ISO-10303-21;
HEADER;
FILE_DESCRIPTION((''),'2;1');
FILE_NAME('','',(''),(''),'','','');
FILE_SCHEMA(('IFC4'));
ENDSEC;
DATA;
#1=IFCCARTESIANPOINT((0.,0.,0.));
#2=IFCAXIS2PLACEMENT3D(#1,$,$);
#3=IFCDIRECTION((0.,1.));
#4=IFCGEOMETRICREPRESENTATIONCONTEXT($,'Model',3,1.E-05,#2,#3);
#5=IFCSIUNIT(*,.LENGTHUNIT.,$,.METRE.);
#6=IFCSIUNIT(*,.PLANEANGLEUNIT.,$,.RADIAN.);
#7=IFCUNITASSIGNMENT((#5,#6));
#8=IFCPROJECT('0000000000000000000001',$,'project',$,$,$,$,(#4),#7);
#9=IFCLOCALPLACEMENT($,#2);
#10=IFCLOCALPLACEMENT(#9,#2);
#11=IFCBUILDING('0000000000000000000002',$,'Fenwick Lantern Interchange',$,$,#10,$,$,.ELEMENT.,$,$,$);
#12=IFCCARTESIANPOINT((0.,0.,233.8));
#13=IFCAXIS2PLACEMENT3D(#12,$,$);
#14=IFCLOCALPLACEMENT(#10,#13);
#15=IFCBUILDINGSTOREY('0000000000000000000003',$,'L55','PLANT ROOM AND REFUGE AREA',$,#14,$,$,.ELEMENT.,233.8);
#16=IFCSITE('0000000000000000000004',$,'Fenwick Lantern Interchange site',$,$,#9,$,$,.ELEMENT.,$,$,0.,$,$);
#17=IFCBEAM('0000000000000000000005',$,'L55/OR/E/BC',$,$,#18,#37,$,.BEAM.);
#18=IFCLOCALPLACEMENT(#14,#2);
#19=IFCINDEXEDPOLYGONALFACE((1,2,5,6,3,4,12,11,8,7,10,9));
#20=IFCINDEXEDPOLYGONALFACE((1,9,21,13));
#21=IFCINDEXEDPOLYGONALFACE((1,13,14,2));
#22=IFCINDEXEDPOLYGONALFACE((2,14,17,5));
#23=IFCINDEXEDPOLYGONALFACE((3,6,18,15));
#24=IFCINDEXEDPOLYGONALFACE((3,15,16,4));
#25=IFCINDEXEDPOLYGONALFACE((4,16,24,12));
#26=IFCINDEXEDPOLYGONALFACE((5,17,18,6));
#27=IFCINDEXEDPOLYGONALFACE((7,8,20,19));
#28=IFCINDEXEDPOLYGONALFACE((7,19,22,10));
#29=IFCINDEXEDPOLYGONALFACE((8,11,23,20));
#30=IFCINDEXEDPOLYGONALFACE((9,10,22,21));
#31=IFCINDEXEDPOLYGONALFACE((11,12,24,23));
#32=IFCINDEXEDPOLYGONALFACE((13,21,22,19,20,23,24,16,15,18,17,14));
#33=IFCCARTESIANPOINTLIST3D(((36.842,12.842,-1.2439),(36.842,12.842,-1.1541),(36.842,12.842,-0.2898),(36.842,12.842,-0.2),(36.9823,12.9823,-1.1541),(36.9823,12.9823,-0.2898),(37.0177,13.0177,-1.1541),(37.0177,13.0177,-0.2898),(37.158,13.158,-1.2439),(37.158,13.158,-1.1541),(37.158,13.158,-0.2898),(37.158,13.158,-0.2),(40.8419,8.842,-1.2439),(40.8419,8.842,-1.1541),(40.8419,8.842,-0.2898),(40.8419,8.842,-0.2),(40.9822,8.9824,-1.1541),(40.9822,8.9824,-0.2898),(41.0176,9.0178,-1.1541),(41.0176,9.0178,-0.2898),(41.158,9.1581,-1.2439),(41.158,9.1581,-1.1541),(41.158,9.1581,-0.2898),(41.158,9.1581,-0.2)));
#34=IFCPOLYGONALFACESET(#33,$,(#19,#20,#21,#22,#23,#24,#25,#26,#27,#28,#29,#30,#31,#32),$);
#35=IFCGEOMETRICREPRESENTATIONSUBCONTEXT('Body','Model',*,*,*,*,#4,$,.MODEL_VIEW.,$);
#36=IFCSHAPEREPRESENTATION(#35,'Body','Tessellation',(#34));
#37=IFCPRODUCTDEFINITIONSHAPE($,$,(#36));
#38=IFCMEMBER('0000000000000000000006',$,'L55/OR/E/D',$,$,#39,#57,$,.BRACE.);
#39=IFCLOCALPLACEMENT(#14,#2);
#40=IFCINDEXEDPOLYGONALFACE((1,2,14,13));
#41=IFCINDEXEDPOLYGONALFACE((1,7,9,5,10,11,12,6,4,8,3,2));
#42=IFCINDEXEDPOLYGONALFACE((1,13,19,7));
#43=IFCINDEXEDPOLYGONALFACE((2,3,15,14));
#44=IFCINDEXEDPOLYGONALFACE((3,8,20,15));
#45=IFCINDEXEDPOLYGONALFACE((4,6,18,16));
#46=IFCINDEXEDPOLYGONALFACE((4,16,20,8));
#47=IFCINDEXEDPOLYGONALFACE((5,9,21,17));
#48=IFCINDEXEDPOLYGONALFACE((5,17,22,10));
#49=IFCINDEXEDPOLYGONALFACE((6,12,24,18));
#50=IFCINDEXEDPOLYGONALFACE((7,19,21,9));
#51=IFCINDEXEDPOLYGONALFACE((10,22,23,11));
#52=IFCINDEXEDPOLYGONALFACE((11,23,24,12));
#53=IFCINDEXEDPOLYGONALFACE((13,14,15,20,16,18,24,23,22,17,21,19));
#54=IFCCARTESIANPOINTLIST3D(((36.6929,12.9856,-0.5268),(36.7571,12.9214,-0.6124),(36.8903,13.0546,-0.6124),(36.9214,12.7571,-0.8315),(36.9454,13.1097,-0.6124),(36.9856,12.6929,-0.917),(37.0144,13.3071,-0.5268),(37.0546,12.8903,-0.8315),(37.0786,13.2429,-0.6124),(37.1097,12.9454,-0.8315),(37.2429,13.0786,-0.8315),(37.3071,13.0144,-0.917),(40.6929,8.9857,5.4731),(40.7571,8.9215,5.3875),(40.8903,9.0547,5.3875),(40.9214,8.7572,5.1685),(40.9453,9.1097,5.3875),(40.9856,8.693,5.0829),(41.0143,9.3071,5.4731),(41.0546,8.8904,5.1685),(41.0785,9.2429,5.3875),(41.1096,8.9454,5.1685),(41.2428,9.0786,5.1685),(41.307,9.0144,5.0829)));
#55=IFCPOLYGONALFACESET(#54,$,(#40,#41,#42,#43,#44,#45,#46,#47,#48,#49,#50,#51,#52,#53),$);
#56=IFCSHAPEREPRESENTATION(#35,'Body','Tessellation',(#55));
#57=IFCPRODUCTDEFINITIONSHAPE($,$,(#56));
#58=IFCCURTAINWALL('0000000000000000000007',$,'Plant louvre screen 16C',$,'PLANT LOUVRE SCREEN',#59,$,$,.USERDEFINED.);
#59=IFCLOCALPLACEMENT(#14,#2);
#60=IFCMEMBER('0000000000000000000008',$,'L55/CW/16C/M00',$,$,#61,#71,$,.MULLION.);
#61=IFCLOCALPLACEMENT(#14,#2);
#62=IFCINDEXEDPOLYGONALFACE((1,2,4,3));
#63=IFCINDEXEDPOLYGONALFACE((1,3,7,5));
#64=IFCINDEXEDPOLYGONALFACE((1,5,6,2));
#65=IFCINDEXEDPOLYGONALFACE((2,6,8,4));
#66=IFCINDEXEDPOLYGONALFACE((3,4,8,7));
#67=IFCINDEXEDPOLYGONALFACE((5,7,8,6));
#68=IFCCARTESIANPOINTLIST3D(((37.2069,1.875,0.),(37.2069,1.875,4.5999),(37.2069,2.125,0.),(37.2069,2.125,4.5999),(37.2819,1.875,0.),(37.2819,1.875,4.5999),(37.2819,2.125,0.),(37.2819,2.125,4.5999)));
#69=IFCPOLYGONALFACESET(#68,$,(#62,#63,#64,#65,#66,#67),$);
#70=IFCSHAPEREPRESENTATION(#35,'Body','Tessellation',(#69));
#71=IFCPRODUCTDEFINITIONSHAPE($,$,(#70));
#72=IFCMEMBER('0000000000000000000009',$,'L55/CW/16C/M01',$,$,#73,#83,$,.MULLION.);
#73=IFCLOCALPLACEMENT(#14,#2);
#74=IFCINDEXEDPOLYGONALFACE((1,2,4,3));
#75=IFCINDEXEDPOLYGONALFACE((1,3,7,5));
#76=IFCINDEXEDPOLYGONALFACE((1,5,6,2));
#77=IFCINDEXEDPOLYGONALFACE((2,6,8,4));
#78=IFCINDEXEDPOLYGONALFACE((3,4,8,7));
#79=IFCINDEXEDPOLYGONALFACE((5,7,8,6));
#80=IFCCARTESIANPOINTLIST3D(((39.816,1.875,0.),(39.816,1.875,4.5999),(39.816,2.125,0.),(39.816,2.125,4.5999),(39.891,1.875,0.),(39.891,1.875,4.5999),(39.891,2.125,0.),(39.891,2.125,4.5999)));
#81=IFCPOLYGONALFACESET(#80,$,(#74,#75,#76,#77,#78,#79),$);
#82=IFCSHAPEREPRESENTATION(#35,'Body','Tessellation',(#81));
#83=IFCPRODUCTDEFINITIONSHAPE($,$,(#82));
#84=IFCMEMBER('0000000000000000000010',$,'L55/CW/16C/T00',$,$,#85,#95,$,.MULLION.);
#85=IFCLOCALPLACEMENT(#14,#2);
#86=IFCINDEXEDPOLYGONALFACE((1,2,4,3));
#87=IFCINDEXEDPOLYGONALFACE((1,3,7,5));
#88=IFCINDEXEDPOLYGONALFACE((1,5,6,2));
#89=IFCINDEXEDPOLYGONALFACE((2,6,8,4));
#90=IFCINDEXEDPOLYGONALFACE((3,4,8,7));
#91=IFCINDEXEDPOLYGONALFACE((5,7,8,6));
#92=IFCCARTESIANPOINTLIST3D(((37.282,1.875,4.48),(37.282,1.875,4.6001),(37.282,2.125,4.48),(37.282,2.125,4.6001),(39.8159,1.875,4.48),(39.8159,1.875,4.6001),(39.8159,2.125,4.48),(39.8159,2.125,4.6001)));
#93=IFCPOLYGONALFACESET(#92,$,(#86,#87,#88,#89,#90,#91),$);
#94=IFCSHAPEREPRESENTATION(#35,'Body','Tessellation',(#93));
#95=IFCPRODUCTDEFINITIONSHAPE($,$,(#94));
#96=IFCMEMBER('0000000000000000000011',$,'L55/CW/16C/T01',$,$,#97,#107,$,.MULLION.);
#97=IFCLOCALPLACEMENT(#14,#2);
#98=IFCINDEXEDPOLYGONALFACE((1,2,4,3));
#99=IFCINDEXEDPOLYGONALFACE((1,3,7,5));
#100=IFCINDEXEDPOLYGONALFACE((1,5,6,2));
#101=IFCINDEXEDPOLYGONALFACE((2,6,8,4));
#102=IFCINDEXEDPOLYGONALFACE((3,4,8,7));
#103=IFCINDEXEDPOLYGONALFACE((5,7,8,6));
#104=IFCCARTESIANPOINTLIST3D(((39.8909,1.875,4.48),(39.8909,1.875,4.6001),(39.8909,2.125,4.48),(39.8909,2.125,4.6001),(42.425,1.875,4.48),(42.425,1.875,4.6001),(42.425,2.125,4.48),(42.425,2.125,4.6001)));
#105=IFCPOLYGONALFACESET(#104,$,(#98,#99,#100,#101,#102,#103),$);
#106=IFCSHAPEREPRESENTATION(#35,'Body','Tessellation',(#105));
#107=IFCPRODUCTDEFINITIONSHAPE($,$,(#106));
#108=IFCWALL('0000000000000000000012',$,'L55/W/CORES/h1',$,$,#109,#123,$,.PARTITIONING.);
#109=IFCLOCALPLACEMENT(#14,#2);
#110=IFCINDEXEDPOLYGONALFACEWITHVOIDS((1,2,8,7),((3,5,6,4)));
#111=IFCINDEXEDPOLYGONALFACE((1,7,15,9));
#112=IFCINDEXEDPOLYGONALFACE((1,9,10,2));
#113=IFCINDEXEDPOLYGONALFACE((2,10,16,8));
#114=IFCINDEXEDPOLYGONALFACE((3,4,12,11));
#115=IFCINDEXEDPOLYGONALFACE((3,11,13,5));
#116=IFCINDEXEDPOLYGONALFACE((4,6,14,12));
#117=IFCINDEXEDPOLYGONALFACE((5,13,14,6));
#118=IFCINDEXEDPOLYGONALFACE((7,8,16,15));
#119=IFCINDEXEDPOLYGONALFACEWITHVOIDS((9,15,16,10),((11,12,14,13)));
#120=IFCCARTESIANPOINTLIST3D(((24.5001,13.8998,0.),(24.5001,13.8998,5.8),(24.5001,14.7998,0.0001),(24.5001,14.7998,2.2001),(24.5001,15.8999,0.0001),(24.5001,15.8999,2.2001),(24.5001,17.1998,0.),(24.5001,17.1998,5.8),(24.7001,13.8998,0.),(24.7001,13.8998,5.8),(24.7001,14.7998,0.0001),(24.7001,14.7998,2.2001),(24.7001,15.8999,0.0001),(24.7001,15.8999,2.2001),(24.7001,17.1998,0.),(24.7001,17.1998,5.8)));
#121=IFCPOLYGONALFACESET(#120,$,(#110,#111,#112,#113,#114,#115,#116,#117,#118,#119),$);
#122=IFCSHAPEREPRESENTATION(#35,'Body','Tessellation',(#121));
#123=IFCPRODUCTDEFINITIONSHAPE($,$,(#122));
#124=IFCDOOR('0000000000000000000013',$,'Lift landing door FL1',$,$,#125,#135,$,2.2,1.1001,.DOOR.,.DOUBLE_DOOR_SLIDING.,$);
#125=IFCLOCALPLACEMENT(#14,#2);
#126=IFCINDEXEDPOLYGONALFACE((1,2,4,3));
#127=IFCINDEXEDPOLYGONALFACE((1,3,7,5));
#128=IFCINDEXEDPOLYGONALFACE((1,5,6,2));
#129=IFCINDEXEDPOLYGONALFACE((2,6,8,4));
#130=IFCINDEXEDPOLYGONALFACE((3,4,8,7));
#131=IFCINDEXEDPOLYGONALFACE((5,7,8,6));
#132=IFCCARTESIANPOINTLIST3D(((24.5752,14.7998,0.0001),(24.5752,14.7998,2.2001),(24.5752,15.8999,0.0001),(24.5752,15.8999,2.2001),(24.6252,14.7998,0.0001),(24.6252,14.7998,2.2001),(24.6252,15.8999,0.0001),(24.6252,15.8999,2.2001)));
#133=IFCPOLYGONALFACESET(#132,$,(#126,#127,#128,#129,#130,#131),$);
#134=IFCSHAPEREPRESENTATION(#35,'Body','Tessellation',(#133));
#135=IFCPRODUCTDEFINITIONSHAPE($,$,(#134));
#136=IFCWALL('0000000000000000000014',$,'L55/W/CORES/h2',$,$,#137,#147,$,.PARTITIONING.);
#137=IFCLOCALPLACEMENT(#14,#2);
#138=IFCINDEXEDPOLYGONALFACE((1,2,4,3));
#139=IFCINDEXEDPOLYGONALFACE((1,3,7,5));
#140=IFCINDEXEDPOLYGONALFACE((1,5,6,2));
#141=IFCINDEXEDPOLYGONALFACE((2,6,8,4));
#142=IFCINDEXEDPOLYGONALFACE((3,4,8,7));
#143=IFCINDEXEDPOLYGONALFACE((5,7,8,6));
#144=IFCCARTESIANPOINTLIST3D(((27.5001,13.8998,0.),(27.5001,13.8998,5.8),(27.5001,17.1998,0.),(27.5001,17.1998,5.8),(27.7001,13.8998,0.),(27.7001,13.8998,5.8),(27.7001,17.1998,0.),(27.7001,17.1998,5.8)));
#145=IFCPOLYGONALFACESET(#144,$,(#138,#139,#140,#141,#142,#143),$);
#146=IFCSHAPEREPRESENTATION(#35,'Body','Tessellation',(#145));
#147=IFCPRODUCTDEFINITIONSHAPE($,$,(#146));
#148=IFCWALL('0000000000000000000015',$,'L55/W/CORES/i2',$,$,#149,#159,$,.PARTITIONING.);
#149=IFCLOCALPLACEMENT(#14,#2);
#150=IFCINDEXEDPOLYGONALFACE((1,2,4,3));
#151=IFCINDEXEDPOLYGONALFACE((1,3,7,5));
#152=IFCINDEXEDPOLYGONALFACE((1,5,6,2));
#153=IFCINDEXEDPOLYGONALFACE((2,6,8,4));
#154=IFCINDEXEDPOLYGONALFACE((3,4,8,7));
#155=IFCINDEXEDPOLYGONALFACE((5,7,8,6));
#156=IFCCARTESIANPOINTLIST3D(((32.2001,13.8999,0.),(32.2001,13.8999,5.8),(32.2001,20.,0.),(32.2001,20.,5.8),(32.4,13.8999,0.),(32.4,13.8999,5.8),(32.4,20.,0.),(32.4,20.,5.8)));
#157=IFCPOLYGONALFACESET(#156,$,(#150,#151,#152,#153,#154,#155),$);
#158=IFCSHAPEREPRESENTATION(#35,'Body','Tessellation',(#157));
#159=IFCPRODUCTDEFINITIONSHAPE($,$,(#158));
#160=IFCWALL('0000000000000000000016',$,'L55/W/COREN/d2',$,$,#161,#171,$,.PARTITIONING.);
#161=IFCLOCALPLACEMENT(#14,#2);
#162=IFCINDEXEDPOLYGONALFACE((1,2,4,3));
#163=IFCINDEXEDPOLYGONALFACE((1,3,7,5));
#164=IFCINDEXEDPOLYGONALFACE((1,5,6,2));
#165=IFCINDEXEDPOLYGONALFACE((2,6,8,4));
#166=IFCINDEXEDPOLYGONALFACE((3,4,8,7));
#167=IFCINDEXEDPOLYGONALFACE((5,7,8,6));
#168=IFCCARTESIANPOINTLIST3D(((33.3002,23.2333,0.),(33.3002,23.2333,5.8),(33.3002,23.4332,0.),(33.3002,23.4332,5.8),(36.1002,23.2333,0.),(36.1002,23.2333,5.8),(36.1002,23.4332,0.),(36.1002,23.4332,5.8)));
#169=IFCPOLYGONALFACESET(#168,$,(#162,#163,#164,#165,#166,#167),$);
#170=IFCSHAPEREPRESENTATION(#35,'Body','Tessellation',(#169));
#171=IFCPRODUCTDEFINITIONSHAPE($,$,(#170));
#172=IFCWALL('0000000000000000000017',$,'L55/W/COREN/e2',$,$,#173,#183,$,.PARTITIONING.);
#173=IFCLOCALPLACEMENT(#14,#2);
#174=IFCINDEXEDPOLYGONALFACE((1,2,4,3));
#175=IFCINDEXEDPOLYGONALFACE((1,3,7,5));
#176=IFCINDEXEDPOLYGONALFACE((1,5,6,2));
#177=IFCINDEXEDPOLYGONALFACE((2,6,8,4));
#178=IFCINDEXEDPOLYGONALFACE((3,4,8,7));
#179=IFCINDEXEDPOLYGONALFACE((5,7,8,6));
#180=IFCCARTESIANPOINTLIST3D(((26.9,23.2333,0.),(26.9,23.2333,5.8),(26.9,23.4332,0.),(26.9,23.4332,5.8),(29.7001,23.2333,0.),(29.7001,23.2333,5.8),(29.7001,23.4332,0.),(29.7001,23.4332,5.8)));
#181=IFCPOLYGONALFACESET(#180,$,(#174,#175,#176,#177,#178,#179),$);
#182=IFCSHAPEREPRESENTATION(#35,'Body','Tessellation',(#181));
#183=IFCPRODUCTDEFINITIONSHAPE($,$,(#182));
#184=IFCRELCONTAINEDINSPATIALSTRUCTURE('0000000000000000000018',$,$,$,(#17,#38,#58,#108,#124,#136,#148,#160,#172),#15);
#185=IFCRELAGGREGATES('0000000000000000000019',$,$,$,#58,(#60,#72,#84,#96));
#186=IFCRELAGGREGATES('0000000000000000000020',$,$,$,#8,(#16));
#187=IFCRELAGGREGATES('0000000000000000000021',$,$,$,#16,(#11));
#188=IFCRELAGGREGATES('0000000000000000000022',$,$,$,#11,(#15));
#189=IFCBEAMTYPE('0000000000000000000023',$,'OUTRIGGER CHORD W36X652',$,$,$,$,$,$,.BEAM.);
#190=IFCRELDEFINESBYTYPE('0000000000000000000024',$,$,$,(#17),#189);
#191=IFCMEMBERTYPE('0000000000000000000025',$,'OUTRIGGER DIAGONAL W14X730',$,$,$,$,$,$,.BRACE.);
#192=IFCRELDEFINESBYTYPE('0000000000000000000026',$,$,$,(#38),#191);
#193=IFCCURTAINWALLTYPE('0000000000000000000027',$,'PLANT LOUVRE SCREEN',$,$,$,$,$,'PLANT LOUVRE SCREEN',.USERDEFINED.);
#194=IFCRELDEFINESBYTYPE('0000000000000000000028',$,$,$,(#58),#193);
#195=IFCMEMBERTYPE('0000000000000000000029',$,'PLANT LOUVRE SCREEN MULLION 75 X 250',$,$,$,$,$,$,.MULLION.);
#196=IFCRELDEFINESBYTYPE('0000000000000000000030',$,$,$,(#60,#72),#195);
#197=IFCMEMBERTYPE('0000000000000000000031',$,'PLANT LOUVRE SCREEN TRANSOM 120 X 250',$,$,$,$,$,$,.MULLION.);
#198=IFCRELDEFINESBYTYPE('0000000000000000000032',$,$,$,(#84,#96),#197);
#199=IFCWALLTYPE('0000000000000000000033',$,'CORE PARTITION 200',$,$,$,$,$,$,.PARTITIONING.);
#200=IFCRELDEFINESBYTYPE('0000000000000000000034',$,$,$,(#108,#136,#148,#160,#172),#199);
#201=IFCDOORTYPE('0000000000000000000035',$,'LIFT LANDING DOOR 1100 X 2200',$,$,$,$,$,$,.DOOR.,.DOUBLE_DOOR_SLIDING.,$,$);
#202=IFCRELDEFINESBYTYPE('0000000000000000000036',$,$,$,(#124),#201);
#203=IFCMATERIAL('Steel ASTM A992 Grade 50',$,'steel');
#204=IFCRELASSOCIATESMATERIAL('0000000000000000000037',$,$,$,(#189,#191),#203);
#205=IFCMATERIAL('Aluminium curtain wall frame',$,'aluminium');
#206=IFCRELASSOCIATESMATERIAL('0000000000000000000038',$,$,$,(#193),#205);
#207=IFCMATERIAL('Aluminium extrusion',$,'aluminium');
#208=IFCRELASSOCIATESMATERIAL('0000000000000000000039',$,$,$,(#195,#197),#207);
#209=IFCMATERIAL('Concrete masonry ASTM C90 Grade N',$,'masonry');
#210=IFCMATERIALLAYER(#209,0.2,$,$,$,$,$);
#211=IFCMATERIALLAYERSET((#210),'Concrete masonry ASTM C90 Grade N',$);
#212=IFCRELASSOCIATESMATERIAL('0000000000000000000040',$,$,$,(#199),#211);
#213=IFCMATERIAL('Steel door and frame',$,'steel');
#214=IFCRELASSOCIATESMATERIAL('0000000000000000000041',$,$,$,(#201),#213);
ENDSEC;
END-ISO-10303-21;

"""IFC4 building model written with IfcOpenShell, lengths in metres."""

from ifc_helpers import new_model, si_unit, direction, frame, frame_2d, origin, origin_2d, place, context, subcontext, project, spatial, rectangle, i_section, extrude, material, layer, layer_set, material_profile, profile_set, type_object, element, fill, aggregate, save


model = new_model("IFC4")

# Units and contexts
model_context = context("Model", 3, precision=1e-05, world=origin(), true_north=direction((0.0, 1.0)))
body_context = subcontext(model_context, "Body", "Model", "MODEL_VIEW")
ifc_project = project(units=[si_unit("LENGTHUNIT", "METRE"), si_unit("PLANEANGLEUNIT", "RADIAN")], contexts=[model_context])

# Site, building, storey
site_placement = place(None, origin())
site = spatial("IfcSite", under=ifc_project, at=site_placement, Name="Fenwick Lantern Interchange site", CompositionType="ELEMENT", RefElevation=0.0)
building_placement = place(site_placement, origin())
building = spatial("IfcBuilding", under=site, at=building_placement, Name="Fenwick Lantern Interchange", CompositionType="ELEMENT")
storey_placement = place(building_placement, frame((0.0, 0.0, 233.8)))
storey = spatial("IfcBuildingStorey", under=building, at=storey_placement, Name="L55", Description="PLANT ROOM AND REFUGE AREA", CompositionType="ELEMENT", Elevation=233.8)

# Beam
ifc_material_1 = material(Name="Steel ASTM A992 Grade 50", Category="steel")
ifc_material_profile_1 = material_profile(ifc_material_1, i_section(OverallWidth=0.447, OverallDepth=1.0439, WebThickness=0.05, FlangeThickness=0.0898, at=origin_2d()), Name="W36X652")
ifc_profile_set_1 = profile_set([ifc_material_profile_1], Name="Steel ASTM A992 Grade 50")
beam_type_1 = type_object("IfcBeamType", Name="OUTRIGGER CHORD W36X652", PredefinedType="BEAM", material=ifc_profile_set_1)
beam_1_placement = place(storey_placement, frame((37.0, 13.0, -0.7219), z_axis=(0.707107, -0.707107, 0.0), x_axis=(0.707107, 0.707107, 0.0)))
element("IfcBeam", 1, at=beam_1_placement, inside=storey, type_object=beam_type_1, Name="L55/OR/E/BC", PredefinedType="BEAM", context=body_context, shape_type="SweptSolid", body=[
    extrude(i_section(OverallWidth=0.447, OverallDepth=1.0439, WebThickness=0.05, FlangeThickness=0.0898, at=origin_2d()), origin(), (0.0, 0.0, 1.0), 5.6567),
])

# Member
ifc_material_profile_2 = material_profile(ifc_material_1, i_section(OverallWidth=0.4546, OverallDepth=0.5688, WebThickness=0.0779, FlangeThickness=0.1248, at=origin_2d()), Name="W14X730")
ifc_profile_set_2 = profile_set([ifc_material_profile_2], Name="Steel ASTM A992 Grade 50")
member_type_1 = type_object("IfcMemberType", Name="OUTRIGGER DIAGONAL W14X730", PredefinedType="BRACE", material=ifc_profile_set_2)
member_1_placement = place(storey_placement, frame((37.0, 13.0, -0.7219), z_axis=(0.485071, -0.485071, 0.727607), x_axis=(0.707107, 0.707107, 0.0)))
element("IfcMember", 2, at=member_1_placement, inside=storey, type_object=member_type_1, Name="L55/OR/E/D", PredefinedType="BRACE", context=body_context, shape_type="SweptSolid", body=[
    extrude(i_section(OverallWidth=0.4546, OverallDepth=0.5688, WebThickness=0.0779, FlangeThickness=0.1248, at=origin_2d()), origin(), (0.0, 0.0, 1.0), 8.2461),
])

# Curtain wall, members
ifc_material_2 = material(Name="Aluminium curtain wall frame", Category="aluminium")
curtain_wall_type = type_object("IfcCurtainWallType", Name="PLANT LOUVRE SCREEN", ElementType="PLANT LOUVRE SCREEN", PredefinedType="USERDEFINED", material=ifc_material_2)
curtain_wall_placement = place(storey_placement, origin())
curtain_wall = element("IfcCurtainWall", 3, at=curtain_wall_placement, inside=storey, type_object=curtain_wall_type, Name="Plant louvre screen 16C", ObjectType="PLANT LOUVRE SCREEN", PredefinedType="USERDEFINED")
ifc_material_3 = material(Name="Aluminium extrusion", Category="aluminium")
ifc_material_profile_3 = material_profile(ifc_material_3, rectangle(XDim=0.25, YDim=0.075, at=origin_2d()), Name="PLANT LOUVRE SCREEN MULLION 75 X 250")
ifc_profile_set_3 = profile_set([ifc_material_profile_3], Name="Aluminium extrusion")
member_type_2 = type_object("IfcMemberType", Name="PLANT LOUVRE SCREEN MULLION 75 X 250", PredefinedType="MULLION", material=ifc_profile_set_3)
member_2_placement = place(storey_placement, frame((37.2444, 2.0, 0.0), z_axis=(0.0, 0.0, 1.0), x_axis=(0.0, 1.0, 0.0)))
member_2 = element("IfcMember", 4, at=member_2_placement, type_object=member_type_2, Name="L55/CW/16C/M00", PredefinedType="MULLION", context=body_context, shape_type="SweptSolid", body=[
    extrude(rectangle(XDim=0.25, YDim=0.075, at=origin_2d()), origin(), (0.0, 0.0, 1.0), 4.5999),
])
member_3_placement = place(storey_placement, frame((39.8535, 2.0, 0.0), z_axis=(0.0, 0.0, 1.0), x_axis=(0.0, 1.0, 0.0)))
member_3 = element("IfcMember", 5, at=member_3_placement, type_object=member_type_2, Name="L55/CW/16C/M01", PredefinedType="MULLION", context=body_context, shape_type="SweptSolid", body=[
    extrude(rectangle(XDim=0.25, YDim=0.075, at=origin_2d()), origin(), (0.0, 0.0, 1.0), 4.5999),
])
ifc_material_profile_4 = material_profile(ifc_material_3, rectangle(XDim=0.25, YDim=0.1201, at=origin_2d()), Name="PLANT LOUVRE SCREEN TRANSOM 120 X 250")
ifc_profile_set_4 = profile_set([ifc_material_profile_4], Name="Aluminium extrusion")
member_type_3 = type_object("IfcMemberType", Name="PLANT LOUVRE SCREEN TRANSOM 120 X 250", PredefinedType="MULLION", material=ifc_profile_set_4)
member_4_placement = place(storey_placement, frame((37.282, 2.0, 4.54), z_axis=(1.0, 0.0, 0.0), x_axis=(0.0, 1.0, 0.0)))
member_4 = element("IfcMember", 6, at=member_4_placement, type_object=member_type_3, Name="L55/CW/16C/T00", PredefinedType="MULLION", context=body_context, shape_type="SweptSolid", body=[
    extrude(rectangle(XDim=0.25, YDim=0.1201, at=origin_2d()), origin(), (0.0, 0.0, 1.0), 2.5339),
])
member_5_placement = place(storey_placement, frame((39.8909, 2.0, 4.54), z_axis=(1.0, 0.0, 0.0), x_axis=(0.0, 1.0, 0.0)))
member_5 = element("IfcMember", 7, at=member_5_placement, type_object=member_type_3, Name="L55/CW/16C/T01", PredefinedType="MULLION", context=body_context, shape_type="SweptSolid", body=[
    extrude(rectangle(XDim=0.25, YDim=0.1201, at=origin_2d()), origin(), (0.0, 0.0, 1.0), 2.5342),
])

# Wall, opening, door
ifc_material_4 = material(Name="Concrete masonry ASTM C90 Grade N", Category="masonry")
ifc_layer_1 = layer(ifc_material_4, 0.2)
ifc_layer_set_1 = layer_set([ifc_layer_1], Name="Concrete masonry ASTM C90 Grade N")
wall_type_1 = type_object("IfcWallType", Name="CORE PARTITION 200", PredefinedType="PARTITIONING", material=ifc_layer_set_1)
wall_1_placement = place(storey_placement, frame((24.6001, 13.8999, 0.0), z_axis=(0.0, 0.0, 1.0), x_axis=(0.0, 1.0, 0.0)))
wall_1 = element("IfcWall", 8, at=wall_1_placement, inside=storey, type_object=wall_type_1, Name="L55/W/CORES/h1", PredefinedType="PARTITIONING", context=body_context, shape_type="SweptSolid", body=[
    extrude(rectangle(XDim=3.3, YDim=0.2, at=frame_2d((1.6499, 0.0))), origin(), (0.0, 0.0, 1.0), 5.8),
])
opening_1_placement = place(wall_1_placement, frame((0.8999, 0.0, 0.0)))
opening_1 = element("IfcOpeningElement", 9, at=opening_1_placement, cuts=wall_1, PredefinedType="OPENING", context=body_context, shape_type="SweptSolid", body=[
    extrude(rectangle(XDim=1.1001, YDim=2.2, at=frame_2d((0.55, 1.1001))), frame((0.0, 0.1099, 0.0), z_axis=(0.0, -1.0, 0.0), x_axis=(1.0, 0.0, 0.0)), (0.0, 0.0, 1.0), 0.22),
])
ifc_material_5 = material(Name="Steel door and frame", Category="steel")
door_type_1 = type_object("IfcDoorType", Name="LIFT LANDING DOOR 1100 X 2200", OperationType="DOUBLE_DOOR_SLIDING", PredefinedType="DOOR", material=ifc_material_5)
door_1_placement = place(opening_1_placement, origin())
door_1 = element("IfcDoor", 10, at=door_1_placement, inside=storey, type_object=door_type_1, Name="Lift landing door FL1", OperationType="DOUBLE_DOOR_SLIDING", OverallHeight=2.2, OverallWidth=1.1001, PredefinedType="DOOR", context=body_context, shape_type="SweptSolid", body=[
    extrude(rectangle(XDim=1.1001, YDim=2.2, at=frame_2d((0.55, 1.1001))), frame((0.0, 0.0249, 0.0), z_axis=(0.0, -1.0, 0.0), x_axis=(1.0, 0.0, 0.0)), (0.0, 0.0, 1.0), 0.05),
])
fill(opening_1, door_1)

# Walls
wall_2_placement = place(storey_placement, frame((27.6001, 13.8999, 0.0), z_axis=(0.0, 0.0, 1.0), x_axis=(0.0, 1.0, 0.0)))
element("IfcWall", 11, at=wall_2_placement, inside=storey, type_object=wall_type_1, Name="L55/W/CORES/h2", PredefinedType="PARTITIONING", context=body_context, shape_type="SweptSolid", body=[
    extrude(rectangle(XDim=3.3, YDim=0.2, at=frame_2d((1.6499, 0.0))), origin(), (0.0, 0.0, 1.0), 5.8),
])
wall_3_placement = place(storey_placement, frame((32.3, 13.8999, 0.0), z_axis=(0.0, 0.0, 1.0), x_axis=(0.0, 1.0, 0.0)))
element("IfcWall", 12, at=wall_3_placement, inside=storey, type_object=wall_type_1, Name="L55/W/CORES/i2", PredefinedType="PARTITIONING", context=body_context, shape_type="SweptSolid", body=[
    extrude(rectangle(XDim=6.1001, YDim=0.2, at=frame_2d((3.05, 0.0))), origin(), (0.0, 0.0, 1.0), 5.8),
])
for number, where, z_axis, x_axis, name in (
    (13, (36.1001, 23.3333, 0.0), (0.0, 0.0, 1.0), (-1.0, 0.0, 0.0), "L55/W/COREN/d2"),
    (14, (29.7, 23.3333, 0.0), (0.0, 0.0, 1.0), (-1.0, 0.0, 0.0), "L55/W/COREN/e2"),
):
    element("IfcWall", number, at=place(storey_placement, frame(where, z_axis=z_axis, x_axis=x_axis)), inside=storey, type_object=wall_type_1, Name=name, PredefinedType="PARTITIONING", context=body_context, shape_type="SweptSolid", body=[
        extrude(rectangle(XDim=2.8, YDim=0.2, at=frame_2d((1.3999, 0.0))), origin(), (0.0, 0.0, 1.0), 5.8),
    ])

aggregate(curtain_wall, [member_2, member_3, member_4, member_5])

save(model, "model.ifc")
